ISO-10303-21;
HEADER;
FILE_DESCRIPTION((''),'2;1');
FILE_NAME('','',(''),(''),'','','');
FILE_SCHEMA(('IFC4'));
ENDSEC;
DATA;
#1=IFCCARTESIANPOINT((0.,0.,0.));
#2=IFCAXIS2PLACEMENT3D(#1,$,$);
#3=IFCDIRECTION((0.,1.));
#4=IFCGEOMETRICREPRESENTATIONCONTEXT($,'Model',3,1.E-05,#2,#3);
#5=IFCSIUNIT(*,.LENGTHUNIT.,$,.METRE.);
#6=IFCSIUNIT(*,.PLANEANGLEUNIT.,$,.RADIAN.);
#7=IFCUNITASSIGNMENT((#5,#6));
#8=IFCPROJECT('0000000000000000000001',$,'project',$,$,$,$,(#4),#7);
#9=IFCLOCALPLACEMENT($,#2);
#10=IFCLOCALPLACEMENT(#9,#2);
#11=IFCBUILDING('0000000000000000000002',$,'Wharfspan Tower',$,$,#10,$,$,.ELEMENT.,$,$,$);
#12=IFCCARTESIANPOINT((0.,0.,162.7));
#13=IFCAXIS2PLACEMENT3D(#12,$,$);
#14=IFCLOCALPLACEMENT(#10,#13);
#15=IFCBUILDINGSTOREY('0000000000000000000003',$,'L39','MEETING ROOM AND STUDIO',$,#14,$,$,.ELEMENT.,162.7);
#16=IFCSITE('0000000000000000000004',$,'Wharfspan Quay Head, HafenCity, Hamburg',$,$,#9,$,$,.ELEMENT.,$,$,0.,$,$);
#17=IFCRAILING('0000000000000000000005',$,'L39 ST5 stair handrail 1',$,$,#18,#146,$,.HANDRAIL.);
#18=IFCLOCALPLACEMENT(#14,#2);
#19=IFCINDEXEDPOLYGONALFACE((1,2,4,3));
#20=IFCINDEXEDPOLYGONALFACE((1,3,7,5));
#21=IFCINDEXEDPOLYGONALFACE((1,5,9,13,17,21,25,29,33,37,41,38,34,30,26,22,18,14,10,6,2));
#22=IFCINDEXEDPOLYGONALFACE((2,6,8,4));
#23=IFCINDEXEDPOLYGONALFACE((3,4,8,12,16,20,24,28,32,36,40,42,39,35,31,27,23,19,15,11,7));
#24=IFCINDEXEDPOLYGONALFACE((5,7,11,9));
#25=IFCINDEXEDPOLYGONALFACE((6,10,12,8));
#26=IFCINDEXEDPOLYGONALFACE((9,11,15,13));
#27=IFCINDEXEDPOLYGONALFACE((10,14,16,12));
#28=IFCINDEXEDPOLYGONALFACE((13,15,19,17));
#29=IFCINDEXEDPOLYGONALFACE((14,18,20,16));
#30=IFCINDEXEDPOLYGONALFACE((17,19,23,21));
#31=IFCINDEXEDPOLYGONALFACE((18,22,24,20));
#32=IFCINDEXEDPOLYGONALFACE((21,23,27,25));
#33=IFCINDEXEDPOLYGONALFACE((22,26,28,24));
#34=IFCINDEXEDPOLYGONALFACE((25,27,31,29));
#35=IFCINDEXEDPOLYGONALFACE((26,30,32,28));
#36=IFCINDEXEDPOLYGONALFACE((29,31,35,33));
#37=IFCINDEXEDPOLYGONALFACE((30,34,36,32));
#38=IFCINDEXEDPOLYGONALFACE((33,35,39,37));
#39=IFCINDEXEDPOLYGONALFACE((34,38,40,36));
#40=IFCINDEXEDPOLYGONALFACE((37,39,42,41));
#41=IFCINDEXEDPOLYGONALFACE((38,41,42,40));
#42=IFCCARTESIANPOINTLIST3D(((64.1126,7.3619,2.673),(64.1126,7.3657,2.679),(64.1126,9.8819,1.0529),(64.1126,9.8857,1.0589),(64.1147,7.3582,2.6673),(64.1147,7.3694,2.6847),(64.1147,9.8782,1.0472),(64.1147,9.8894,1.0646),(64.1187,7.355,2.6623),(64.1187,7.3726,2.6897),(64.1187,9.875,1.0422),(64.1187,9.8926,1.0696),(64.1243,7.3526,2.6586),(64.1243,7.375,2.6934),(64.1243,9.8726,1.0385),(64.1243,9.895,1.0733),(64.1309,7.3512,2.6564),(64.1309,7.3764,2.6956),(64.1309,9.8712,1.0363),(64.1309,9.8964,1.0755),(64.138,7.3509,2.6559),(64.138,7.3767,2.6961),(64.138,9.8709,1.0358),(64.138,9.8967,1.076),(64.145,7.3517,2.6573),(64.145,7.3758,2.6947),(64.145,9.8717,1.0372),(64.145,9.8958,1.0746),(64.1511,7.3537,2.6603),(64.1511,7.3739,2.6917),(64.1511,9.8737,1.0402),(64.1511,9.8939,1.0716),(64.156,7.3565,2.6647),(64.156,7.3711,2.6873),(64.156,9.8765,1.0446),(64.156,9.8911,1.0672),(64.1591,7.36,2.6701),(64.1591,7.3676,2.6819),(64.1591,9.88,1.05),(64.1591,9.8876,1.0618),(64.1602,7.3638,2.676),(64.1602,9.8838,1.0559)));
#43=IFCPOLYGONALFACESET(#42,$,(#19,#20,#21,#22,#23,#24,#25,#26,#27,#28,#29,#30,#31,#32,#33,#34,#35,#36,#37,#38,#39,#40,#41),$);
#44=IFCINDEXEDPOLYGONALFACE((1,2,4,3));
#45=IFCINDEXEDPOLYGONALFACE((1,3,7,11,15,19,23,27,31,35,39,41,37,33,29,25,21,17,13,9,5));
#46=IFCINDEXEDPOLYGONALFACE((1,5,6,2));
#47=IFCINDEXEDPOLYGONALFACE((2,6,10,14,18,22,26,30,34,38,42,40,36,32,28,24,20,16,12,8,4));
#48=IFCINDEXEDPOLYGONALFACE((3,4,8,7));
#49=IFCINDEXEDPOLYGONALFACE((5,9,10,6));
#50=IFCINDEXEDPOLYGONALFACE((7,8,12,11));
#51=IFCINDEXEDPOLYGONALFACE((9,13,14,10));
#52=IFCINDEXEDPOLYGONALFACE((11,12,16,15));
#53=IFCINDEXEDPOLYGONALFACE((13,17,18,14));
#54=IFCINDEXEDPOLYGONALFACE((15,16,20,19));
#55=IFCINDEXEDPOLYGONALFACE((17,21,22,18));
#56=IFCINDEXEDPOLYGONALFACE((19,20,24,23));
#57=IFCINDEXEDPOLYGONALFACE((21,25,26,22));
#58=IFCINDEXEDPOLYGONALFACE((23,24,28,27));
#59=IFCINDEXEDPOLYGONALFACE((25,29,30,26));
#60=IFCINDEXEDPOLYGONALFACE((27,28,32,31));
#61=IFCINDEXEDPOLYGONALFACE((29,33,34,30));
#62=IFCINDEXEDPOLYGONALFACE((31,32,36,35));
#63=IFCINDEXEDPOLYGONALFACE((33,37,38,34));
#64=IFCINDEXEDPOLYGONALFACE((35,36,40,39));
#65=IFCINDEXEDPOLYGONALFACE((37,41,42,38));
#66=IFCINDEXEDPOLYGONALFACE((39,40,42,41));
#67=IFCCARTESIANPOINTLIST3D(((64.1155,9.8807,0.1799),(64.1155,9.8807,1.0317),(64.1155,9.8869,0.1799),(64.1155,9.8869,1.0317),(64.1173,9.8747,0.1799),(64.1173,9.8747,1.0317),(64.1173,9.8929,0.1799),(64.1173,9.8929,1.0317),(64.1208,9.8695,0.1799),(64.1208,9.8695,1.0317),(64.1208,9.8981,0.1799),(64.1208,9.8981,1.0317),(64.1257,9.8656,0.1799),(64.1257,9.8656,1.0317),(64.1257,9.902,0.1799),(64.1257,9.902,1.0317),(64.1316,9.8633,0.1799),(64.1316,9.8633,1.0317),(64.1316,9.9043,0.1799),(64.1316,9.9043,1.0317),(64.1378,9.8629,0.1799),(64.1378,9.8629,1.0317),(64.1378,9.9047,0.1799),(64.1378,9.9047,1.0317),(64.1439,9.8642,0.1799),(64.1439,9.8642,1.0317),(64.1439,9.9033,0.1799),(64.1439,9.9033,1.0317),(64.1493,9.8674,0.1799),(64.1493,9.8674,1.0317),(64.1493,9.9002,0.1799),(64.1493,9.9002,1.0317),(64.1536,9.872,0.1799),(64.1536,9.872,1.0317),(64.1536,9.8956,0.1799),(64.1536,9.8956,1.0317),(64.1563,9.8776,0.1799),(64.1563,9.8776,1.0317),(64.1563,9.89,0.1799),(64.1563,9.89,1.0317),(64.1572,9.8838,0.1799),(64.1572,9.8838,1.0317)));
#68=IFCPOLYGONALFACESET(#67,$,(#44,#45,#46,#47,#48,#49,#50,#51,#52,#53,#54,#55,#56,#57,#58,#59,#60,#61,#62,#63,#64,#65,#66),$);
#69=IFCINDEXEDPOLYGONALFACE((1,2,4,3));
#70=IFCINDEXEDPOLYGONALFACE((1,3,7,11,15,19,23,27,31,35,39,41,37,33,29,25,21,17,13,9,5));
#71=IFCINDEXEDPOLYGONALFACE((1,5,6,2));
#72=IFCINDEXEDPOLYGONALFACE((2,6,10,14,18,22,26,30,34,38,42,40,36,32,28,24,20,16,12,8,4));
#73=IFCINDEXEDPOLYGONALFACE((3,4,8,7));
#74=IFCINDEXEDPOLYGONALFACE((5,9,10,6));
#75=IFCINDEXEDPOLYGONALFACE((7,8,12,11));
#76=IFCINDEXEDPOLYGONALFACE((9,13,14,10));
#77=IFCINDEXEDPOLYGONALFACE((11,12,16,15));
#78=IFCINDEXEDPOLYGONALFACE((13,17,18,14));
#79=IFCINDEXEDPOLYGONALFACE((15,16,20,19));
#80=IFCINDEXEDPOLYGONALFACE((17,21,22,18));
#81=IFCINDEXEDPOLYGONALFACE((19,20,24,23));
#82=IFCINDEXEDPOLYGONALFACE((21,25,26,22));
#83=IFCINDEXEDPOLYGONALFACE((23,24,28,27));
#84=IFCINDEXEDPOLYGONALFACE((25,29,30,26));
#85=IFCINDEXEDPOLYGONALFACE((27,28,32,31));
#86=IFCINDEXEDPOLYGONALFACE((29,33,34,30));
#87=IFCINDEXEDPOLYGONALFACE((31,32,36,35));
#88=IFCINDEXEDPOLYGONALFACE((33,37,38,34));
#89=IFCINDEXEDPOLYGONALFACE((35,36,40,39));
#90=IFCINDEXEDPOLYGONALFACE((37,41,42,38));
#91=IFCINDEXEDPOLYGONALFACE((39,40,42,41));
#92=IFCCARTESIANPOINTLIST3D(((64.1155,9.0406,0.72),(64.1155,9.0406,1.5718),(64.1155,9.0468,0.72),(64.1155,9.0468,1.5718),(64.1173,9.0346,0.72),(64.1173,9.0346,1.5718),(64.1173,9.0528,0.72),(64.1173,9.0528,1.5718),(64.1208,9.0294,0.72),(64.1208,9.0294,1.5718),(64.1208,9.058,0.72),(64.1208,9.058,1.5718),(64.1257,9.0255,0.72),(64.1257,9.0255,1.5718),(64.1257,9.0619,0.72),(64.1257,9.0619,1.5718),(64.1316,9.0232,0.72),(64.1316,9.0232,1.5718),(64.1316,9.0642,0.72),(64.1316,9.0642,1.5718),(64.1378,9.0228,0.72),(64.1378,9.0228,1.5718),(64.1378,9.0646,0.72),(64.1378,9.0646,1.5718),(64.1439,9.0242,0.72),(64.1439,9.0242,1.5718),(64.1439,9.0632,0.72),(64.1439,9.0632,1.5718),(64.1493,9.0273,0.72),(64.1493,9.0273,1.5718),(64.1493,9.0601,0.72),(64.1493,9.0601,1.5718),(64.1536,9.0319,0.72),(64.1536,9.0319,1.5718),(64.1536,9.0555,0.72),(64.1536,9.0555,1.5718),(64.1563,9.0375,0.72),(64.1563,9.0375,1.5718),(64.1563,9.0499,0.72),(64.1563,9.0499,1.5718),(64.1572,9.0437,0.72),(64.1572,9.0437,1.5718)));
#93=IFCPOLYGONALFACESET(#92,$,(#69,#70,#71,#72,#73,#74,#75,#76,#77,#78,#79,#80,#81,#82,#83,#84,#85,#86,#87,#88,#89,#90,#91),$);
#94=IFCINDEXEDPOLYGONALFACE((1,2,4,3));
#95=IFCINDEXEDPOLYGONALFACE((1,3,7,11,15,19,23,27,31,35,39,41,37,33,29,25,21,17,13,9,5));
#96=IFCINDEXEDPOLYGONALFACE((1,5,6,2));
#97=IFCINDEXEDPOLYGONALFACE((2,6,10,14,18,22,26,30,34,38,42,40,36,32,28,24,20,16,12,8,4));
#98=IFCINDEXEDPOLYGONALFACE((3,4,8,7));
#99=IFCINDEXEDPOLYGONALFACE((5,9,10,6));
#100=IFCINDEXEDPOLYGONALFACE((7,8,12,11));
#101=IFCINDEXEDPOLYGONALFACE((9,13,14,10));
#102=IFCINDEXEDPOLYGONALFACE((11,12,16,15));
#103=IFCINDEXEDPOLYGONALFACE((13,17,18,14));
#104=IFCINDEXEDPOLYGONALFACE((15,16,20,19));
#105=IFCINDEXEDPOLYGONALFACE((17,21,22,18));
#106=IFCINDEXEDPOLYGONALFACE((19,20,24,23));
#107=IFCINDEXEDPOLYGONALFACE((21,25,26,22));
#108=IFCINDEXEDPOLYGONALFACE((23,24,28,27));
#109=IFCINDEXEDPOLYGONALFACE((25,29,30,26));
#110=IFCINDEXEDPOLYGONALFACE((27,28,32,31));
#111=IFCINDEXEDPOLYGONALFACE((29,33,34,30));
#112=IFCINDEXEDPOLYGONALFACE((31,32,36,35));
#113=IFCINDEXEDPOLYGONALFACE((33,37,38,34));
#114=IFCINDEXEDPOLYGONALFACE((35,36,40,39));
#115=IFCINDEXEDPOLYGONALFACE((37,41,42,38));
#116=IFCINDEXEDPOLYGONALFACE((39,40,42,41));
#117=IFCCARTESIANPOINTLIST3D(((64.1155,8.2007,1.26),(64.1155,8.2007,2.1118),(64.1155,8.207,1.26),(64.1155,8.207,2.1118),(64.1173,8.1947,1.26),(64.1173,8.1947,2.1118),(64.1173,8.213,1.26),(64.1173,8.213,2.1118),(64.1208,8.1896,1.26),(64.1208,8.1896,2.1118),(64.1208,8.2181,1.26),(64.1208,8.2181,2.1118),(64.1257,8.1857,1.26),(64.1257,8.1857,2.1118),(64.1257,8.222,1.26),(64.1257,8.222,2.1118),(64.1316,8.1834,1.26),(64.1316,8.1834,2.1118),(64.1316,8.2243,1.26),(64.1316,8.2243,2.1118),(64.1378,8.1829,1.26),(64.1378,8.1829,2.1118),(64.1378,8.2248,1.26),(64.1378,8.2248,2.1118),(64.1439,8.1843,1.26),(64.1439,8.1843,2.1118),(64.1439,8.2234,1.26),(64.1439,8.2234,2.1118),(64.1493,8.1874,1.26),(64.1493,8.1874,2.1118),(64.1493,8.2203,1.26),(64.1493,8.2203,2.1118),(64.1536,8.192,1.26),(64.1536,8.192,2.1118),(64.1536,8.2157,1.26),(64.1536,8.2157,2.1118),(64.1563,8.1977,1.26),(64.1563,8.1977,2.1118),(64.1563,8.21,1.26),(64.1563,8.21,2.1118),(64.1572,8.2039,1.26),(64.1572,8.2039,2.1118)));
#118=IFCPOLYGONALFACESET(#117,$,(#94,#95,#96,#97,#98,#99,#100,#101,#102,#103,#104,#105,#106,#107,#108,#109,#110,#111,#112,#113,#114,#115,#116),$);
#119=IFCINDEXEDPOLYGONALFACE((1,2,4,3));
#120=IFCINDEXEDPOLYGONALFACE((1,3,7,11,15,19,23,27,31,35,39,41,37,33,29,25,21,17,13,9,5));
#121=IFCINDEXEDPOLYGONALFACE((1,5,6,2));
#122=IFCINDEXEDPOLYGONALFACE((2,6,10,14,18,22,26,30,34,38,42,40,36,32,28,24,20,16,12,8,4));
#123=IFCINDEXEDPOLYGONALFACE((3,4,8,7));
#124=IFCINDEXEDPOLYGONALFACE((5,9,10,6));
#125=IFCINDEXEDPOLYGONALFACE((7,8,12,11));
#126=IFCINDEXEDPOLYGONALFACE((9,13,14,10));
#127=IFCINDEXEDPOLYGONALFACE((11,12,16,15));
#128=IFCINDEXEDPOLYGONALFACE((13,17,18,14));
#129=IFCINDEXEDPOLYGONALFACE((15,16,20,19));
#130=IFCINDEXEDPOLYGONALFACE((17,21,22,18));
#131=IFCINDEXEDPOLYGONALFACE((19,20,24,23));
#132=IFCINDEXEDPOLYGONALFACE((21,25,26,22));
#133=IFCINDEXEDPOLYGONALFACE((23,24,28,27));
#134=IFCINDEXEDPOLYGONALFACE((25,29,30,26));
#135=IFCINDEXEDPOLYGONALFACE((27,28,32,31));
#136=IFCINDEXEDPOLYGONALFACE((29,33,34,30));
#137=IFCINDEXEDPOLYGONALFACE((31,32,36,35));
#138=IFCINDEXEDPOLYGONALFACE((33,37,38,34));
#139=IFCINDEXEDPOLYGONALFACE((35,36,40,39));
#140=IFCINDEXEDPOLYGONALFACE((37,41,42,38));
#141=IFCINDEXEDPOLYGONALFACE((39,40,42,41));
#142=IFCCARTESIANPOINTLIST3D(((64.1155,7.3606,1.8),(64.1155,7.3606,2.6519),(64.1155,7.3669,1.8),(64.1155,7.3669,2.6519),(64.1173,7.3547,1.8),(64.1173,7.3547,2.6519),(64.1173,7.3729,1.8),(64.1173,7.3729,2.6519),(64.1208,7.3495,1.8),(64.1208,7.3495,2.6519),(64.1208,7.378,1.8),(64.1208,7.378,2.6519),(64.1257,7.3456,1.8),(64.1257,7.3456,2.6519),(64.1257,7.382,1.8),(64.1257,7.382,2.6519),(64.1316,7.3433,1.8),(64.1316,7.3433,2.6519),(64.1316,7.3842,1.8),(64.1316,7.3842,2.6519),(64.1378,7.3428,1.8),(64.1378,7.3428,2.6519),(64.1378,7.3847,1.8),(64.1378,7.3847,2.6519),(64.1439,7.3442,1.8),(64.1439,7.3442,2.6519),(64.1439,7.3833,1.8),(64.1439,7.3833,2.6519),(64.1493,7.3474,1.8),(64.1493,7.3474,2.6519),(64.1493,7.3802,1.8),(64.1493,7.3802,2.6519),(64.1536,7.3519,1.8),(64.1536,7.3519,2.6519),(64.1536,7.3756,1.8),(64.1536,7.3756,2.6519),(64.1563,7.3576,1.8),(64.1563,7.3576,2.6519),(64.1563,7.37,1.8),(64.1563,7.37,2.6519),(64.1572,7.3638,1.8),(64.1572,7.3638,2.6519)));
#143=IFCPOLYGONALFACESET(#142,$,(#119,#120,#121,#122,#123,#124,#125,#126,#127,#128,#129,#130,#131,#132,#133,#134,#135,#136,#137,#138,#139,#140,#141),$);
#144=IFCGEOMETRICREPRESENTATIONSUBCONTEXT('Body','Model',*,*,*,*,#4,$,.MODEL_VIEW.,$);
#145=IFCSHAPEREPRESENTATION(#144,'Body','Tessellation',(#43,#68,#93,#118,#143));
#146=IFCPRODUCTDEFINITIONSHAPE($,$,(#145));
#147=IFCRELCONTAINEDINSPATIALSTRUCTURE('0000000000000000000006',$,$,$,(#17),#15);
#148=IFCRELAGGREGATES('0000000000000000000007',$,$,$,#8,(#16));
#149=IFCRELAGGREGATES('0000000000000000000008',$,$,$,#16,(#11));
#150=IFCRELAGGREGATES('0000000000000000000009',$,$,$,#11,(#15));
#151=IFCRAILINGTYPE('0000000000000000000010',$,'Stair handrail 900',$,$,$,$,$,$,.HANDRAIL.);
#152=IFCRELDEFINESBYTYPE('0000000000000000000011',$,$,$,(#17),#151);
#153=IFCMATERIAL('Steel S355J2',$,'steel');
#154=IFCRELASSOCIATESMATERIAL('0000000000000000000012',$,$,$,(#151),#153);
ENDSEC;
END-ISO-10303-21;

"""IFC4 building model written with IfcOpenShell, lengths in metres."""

from ifc_helpers import new_model, si_unit, direction, frame, origin, origin_2d, place, context, subcontext, project, spatial, circle, extrude, material, type_object, element, save


model = new_model("IFC4")

# Units and contexts
model_context = context("Model", 3, precision=1e-05, world=origin(), true_north=direction((0.0, 1.0)))
body_context = subcontext(model_context, "Body", "Model", "MODEL_VIEW")
ifc_project = project(units=[si_unit("LENGTHUNIT", "METRE"), si_unit("PLANEANGLEUNIT", "RADIAN")], contexts=[model_context])

# Site, building, storey
site_placement = place(None, origin())
site = spatial("IfcSite", under=ifc_project, at=site_placement, Name="Wharfspan Quay Head, HafenCity, Hamburg", CompositionType="ELEMENT", RefElevation=0.0)
building_placement = place(site_placement, origin())
building = spatial("IfcBuilding", under=site, at=building_placement, Name="Wharfspan Tower", CompositionType="ELEMENT")
storey_placement = place(building_placement, frame((0.0, 0.0, 162.7)))
storey = spatial("IfcBuildingStorey", under=building, at=storey_placement, Name="L39", Description="MEETING ROOM AND STUDIO", CompositionType="ELEMENT", Elevation=162.7)

# Shared definitions
ifc_material_1 = material(Name="Steel S355J2", Category="steel")

# Railing
railing_type_1 = type_object("IfcRailingType", Name="Stair handrail 900", PredefinedType="HANDRAIL", material=ifc_material_1)
railing_1_placement = place(storey_placement, frame((64.1362, 9.8838, 0.1799)))
element("IfcRailing", 1, at=railing_1_placement, inside=storey, type_object=railing_type_1, Name="L39 ST5 stair handrail 1", PredefinedType="HANDRAIL", context=body_context, shape_type="SweptSolid", body=[
    extrude(circle(Radius=0.0239, at=origin_2d()), frame((0.0, 0.0, 0.876), z_axis=(0.0, -0.841163, 0.540782), x_axis=(1.0, 0.0, 0.0)), (0.0, 0.0, 1.0), 2.9958),
    extrude(circle(Radius=0.021, at=origin_2d()), origin(), (0.0, 0.0, 1.0), 0.8518),
    extrude(circle(Radius=0.021, at=origin_2d()), frame((0.0, -0.8401, 0.54)), (0.0, 0.0, 1.0), 0.8518),
    extrude(circle(Radius=0.021, at=origin_2d()), frame((0.0, -1.6799, 1.0801)), (0.0, 0.0, 1.0), 0.8518),
    extrude(circle(Radius=0.021, at=origin_2d()), frame((0.0, -2.52, 1.6201)), (0.0, 0.0, 1.0), 0.8518),
])

save(model, "model.ifc")
